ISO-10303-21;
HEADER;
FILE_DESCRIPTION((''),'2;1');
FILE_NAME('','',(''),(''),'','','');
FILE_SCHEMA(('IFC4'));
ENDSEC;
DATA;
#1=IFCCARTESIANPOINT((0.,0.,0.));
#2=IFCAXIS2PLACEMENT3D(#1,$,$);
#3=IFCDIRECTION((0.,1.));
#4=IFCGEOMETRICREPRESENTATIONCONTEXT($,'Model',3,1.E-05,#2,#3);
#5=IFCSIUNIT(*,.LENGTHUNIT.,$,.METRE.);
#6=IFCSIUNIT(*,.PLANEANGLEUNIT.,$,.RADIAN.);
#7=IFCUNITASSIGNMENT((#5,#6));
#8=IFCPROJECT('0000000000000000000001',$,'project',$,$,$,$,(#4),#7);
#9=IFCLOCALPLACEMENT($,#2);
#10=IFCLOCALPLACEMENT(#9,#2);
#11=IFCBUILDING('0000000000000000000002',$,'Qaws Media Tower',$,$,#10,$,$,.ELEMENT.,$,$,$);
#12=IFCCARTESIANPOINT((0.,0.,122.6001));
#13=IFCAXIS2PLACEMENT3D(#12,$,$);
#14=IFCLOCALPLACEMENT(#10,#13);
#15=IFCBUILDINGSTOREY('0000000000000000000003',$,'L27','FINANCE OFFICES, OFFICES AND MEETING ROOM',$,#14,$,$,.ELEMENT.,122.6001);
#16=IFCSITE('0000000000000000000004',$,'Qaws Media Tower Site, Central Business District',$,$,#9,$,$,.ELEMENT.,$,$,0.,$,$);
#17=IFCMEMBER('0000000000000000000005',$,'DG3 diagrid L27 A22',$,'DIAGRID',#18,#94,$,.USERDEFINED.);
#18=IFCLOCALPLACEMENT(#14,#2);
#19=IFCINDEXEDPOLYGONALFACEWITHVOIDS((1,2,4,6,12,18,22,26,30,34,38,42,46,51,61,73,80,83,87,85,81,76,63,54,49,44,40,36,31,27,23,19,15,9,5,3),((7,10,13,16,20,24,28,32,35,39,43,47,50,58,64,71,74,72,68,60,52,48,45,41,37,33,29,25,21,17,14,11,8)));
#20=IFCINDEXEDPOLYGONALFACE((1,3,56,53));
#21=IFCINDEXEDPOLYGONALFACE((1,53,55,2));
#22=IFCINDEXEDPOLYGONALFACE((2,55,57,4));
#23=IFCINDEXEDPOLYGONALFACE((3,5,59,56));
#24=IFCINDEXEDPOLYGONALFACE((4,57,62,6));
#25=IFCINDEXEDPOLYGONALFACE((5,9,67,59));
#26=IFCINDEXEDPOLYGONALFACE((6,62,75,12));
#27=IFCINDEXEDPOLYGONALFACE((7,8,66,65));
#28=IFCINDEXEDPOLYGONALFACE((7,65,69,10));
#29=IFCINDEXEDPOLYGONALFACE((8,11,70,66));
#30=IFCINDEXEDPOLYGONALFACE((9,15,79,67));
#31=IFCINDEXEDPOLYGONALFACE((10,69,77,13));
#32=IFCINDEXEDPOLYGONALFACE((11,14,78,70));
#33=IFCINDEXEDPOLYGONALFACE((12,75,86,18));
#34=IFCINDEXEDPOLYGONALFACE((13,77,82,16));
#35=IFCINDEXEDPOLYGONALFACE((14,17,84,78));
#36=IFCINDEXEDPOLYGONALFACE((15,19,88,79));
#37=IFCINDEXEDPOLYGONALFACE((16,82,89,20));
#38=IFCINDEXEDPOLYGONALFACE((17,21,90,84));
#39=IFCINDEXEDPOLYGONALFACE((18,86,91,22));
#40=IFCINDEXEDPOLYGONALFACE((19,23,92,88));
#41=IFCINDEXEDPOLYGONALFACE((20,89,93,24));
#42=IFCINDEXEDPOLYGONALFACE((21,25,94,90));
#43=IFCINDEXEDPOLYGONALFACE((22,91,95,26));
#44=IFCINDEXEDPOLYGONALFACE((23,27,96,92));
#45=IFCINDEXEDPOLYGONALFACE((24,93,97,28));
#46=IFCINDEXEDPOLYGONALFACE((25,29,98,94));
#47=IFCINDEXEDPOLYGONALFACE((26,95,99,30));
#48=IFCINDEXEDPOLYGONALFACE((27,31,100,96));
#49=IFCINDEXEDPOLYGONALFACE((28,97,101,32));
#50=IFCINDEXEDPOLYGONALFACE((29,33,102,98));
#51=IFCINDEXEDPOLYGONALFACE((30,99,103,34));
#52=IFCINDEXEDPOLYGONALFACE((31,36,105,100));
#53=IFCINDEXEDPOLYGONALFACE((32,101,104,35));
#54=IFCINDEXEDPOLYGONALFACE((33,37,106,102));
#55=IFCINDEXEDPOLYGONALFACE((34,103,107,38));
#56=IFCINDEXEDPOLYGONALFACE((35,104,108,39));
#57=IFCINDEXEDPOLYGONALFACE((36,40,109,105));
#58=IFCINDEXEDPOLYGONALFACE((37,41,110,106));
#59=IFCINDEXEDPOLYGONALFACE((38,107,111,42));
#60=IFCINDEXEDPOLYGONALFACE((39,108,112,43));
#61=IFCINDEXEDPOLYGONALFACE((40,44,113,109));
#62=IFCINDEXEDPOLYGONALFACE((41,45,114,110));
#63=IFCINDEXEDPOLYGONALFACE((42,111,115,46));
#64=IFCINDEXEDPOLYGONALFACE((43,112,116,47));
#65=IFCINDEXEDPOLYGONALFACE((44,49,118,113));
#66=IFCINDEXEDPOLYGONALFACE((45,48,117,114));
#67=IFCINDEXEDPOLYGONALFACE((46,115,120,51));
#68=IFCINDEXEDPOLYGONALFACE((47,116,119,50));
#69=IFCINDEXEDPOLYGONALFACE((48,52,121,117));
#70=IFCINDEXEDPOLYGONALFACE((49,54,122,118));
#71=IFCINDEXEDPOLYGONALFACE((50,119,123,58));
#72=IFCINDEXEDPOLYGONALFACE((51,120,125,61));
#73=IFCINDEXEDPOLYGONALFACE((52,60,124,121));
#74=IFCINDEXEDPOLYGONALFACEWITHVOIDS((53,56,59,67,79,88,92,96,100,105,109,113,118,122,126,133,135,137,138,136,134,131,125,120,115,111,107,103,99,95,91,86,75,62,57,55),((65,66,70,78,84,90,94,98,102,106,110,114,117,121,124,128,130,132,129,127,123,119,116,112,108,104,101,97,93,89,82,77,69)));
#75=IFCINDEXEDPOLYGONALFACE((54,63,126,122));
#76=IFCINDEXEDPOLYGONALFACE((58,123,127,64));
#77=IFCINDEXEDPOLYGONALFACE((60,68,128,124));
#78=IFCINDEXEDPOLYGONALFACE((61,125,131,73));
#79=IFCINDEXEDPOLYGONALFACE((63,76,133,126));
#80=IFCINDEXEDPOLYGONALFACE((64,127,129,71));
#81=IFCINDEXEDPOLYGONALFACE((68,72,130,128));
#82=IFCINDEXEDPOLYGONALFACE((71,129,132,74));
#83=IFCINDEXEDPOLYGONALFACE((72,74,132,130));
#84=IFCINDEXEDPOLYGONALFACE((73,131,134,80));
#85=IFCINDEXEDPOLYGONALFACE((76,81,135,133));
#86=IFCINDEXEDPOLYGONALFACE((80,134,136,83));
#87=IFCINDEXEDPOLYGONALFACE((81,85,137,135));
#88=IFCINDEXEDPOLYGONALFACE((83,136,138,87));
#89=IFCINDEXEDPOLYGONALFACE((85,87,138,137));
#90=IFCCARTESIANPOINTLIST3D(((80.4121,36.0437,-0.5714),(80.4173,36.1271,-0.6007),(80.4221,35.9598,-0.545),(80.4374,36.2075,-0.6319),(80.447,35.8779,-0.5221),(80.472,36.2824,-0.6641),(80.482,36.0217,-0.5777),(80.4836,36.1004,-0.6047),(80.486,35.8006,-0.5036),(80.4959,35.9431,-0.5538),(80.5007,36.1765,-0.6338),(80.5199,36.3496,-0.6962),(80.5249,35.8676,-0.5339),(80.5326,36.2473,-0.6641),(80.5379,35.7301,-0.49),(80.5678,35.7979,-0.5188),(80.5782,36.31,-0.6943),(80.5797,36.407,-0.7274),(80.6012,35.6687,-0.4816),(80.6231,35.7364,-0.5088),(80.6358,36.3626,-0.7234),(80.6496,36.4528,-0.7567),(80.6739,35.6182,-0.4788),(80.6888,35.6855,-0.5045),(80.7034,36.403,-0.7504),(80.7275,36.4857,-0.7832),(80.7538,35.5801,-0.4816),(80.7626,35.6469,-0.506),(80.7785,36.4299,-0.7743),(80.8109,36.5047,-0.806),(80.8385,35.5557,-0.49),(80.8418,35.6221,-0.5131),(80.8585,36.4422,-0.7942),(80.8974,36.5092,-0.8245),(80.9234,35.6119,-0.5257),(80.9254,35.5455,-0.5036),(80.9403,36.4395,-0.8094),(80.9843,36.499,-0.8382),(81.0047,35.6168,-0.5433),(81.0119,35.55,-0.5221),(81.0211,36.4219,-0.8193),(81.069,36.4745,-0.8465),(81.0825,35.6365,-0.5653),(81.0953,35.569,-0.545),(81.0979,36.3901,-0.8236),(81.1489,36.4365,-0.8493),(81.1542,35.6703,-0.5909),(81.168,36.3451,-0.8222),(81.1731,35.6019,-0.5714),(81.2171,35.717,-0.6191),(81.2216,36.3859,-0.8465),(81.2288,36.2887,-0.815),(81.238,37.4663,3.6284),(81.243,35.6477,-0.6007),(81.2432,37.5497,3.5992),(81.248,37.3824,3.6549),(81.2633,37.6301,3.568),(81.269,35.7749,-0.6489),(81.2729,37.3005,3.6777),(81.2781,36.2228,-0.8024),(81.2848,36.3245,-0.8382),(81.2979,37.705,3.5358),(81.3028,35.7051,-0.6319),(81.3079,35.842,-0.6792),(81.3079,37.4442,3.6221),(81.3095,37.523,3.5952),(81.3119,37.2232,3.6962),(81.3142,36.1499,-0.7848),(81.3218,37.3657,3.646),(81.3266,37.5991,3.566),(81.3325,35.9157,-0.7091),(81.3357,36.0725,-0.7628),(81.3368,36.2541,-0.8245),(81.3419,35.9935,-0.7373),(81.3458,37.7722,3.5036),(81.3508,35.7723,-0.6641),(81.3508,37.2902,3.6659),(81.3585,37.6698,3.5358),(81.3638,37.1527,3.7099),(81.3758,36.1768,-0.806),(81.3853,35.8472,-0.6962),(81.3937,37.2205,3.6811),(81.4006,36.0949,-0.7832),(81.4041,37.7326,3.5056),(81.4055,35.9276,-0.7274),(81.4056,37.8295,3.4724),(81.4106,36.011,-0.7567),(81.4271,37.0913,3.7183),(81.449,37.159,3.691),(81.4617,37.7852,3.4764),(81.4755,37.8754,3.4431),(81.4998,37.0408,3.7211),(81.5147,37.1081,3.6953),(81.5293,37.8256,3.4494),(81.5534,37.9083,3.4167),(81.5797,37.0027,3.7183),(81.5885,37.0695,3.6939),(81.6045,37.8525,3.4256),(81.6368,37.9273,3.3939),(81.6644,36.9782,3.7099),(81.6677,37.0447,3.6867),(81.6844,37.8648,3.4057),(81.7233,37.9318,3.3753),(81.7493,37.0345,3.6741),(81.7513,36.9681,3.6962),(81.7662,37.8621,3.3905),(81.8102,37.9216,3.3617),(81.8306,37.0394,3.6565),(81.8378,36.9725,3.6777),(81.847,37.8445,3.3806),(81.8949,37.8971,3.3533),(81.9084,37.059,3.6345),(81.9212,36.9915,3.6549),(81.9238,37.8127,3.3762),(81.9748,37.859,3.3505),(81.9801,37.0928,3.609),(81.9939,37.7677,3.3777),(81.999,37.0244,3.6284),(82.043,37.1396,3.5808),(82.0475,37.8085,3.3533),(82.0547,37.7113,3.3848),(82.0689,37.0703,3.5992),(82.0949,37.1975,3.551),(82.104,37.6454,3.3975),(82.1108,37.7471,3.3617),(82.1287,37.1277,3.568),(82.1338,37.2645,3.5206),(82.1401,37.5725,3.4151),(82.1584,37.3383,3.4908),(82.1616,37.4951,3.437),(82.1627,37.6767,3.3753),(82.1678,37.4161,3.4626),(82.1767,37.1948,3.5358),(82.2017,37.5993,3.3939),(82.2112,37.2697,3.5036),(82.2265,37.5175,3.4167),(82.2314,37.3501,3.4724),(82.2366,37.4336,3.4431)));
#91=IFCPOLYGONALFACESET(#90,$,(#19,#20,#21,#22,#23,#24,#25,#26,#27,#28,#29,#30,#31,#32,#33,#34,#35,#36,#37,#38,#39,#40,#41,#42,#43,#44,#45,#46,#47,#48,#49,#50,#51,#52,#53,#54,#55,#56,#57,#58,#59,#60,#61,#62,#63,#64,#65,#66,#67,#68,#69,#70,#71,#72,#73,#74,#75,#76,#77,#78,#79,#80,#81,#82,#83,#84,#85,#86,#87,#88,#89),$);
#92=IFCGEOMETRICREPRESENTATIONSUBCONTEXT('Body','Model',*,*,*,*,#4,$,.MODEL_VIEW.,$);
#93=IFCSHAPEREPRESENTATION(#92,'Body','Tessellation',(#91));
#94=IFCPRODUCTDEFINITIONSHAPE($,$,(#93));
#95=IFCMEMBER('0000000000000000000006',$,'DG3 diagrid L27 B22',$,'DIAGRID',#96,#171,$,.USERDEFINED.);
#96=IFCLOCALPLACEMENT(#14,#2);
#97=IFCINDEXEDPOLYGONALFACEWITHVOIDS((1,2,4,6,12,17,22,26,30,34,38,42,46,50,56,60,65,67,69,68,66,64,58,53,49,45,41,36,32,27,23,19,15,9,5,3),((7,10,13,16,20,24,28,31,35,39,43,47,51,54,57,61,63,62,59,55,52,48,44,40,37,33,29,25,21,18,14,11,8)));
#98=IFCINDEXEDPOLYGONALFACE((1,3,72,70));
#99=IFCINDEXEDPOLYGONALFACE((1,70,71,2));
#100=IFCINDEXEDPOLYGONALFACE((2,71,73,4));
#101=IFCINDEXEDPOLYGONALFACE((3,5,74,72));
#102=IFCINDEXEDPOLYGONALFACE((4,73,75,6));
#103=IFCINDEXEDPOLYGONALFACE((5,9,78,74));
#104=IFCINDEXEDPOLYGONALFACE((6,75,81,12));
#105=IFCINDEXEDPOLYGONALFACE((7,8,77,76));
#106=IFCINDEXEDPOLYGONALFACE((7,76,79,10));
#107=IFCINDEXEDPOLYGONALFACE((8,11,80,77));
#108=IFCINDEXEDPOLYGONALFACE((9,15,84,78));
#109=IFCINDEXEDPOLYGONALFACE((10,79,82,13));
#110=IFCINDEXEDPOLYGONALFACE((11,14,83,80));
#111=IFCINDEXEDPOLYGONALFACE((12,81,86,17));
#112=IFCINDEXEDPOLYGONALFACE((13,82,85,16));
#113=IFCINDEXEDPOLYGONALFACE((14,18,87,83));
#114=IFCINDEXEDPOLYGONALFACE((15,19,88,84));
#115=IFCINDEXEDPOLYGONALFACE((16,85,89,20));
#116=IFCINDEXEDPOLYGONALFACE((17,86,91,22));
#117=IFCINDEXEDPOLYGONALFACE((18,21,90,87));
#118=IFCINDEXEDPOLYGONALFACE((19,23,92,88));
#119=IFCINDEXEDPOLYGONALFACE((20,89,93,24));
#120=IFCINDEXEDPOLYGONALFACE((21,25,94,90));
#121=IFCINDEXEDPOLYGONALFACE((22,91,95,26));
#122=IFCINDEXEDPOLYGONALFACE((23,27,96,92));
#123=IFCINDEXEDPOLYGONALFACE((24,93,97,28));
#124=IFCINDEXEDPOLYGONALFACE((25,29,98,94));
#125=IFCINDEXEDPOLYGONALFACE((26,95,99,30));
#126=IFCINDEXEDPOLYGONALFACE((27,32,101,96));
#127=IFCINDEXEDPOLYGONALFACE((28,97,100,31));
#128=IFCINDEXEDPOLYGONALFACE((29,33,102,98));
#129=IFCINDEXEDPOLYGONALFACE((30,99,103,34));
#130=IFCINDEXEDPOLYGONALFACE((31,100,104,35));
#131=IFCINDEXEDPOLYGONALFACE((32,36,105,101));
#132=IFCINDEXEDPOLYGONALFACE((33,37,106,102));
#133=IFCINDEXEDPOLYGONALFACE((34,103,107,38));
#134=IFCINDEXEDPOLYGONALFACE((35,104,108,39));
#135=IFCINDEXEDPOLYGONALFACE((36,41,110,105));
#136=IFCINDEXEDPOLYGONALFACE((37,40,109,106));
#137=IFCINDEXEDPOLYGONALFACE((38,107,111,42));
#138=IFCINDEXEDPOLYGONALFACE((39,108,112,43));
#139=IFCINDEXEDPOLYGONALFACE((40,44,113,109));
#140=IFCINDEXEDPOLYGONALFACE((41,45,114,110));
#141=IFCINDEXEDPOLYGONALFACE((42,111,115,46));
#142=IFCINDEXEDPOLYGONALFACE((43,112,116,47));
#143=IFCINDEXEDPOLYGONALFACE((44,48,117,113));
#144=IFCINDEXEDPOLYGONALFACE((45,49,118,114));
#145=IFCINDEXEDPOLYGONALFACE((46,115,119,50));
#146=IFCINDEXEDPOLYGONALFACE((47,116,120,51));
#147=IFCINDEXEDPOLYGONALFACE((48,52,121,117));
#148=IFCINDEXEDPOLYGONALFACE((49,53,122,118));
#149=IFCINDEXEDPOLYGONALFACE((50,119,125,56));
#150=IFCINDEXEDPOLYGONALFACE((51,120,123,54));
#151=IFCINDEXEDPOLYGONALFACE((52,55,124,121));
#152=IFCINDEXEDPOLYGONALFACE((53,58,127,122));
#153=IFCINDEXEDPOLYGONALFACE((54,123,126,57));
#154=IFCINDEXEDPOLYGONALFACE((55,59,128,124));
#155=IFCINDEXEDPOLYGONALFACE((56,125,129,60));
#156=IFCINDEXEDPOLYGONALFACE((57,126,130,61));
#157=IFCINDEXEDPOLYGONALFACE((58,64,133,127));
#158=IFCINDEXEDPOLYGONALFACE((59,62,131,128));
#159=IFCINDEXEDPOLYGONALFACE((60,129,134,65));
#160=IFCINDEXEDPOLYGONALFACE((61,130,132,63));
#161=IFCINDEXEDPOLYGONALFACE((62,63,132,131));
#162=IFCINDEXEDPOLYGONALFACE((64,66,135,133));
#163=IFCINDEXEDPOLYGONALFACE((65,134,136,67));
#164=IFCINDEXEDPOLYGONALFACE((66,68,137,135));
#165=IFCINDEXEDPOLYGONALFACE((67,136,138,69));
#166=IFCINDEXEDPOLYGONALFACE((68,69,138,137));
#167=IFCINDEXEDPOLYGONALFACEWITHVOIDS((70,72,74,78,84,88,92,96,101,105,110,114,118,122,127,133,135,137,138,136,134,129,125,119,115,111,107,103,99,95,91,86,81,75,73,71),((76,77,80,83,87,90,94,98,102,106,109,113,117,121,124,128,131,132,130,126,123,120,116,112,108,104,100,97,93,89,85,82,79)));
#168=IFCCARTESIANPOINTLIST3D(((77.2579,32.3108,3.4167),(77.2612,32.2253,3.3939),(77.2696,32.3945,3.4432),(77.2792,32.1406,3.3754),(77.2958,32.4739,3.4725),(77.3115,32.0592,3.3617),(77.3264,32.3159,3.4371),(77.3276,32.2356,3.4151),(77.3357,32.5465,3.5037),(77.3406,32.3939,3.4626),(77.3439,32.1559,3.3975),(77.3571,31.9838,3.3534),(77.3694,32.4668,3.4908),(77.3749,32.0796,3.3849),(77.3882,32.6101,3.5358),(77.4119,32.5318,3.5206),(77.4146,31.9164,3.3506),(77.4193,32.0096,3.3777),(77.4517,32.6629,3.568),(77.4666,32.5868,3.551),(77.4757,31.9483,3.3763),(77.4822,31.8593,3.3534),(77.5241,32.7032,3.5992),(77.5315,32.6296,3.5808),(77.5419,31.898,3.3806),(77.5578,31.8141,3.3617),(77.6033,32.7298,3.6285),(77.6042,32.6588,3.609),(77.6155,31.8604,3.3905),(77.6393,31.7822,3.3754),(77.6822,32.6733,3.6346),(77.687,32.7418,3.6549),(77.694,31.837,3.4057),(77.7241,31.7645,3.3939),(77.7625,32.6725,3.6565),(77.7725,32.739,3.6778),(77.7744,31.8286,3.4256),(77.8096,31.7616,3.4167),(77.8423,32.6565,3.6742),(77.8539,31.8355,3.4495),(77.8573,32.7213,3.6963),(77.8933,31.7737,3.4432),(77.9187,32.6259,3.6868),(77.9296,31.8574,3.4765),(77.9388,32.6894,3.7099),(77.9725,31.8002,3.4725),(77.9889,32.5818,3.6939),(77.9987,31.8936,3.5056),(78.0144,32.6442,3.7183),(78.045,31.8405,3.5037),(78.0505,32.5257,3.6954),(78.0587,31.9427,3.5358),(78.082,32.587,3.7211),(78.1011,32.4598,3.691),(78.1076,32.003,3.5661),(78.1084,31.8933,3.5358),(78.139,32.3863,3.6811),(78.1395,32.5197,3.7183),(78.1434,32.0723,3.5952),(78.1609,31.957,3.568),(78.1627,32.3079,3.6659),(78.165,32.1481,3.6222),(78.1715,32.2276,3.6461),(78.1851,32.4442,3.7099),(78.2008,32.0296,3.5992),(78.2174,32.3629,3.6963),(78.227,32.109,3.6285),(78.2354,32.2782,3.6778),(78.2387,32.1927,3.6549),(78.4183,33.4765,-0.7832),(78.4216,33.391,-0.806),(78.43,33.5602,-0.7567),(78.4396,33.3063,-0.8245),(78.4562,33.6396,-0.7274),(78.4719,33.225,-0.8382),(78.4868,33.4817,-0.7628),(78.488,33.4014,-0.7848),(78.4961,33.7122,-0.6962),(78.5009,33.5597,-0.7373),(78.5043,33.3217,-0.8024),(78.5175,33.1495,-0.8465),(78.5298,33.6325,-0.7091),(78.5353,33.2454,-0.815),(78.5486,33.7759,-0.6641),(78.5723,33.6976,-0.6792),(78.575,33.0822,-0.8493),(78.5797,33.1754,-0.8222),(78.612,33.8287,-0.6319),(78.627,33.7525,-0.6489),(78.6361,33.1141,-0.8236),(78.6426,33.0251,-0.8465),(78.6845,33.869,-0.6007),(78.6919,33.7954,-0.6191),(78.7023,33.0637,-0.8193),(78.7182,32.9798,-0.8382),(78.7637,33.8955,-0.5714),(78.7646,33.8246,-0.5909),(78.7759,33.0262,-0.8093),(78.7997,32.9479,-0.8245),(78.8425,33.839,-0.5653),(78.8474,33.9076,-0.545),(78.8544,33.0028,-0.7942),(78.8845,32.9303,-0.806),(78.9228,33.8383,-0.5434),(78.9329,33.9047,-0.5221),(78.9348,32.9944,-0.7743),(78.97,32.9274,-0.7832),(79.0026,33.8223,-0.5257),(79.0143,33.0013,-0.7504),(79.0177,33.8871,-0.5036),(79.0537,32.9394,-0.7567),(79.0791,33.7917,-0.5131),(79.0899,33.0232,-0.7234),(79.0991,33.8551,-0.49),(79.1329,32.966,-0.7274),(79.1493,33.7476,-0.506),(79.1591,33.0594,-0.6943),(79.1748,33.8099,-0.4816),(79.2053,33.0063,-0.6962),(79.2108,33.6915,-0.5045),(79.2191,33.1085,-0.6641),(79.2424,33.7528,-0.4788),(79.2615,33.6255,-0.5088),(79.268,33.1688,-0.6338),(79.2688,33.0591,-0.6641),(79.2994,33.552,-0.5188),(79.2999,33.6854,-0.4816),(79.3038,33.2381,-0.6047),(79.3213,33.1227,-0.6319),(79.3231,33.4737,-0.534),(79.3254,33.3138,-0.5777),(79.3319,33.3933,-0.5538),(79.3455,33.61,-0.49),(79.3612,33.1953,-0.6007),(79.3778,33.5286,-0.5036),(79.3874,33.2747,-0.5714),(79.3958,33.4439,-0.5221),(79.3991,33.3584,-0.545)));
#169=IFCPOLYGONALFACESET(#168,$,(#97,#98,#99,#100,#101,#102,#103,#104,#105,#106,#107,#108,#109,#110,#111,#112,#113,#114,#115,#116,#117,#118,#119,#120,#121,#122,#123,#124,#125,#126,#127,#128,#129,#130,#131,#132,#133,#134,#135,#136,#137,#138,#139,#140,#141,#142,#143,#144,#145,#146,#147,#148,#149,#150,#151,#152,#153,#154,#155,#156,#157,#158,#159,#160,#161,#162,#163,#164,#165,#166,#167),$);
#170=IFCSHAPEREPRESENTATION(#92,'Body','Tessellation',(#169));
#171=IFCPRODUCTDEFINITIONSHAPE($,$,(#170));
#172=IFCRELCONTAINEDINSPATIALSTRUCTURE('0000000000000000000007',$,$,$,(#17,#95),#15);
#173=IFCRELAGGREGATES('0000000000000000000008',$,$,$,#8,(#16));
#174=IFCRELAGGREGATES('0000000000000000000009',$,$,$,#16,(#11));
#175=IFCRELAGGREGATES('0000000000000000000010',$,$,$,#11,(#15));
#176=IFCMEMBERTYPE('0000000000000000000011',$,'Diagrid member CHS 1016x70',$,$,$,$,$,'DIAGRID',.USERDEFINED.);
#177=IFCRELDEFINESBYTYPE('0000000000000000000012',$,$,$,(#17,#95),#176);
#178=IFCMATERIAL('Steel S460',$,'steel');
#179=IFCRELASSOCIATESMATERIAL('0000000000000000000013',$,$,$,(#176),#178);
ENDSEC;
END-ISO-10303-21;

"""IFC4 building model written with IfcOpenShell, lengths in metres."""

from ifc_helpers import new_model, si_unit, direction, frame, origin, origin_2d, place, context, subcontext, project, spatial, hollow_circle, extrude, material, material_profile, profile_set, type_object, element, save


model = new_model("IFC4")

# Units and contexts
model_context = context("Model", 3, precision=1e-05, world=origin(), true_north=direction((0.0, 1.0)))
body_context = subcontext(model_context, "Body", "Model", "MODEL_VIEW")
ifc_project = project(units=[si_unit("LENGTHUNIT", "METRE"), si_unit("PLANEANGLEUNIT", "RADIAN")], contexts=[model_context])

# Site, building, storey
site_placement = place(None, origin())
site = spatial("IfcSite", under=ifc_project, at=site_placement, Name="Qaws Media Tower Site, Central Business District", CompositionType="ELEMENT", RefElevation=0.0)
building_placement = place(site_placement, origin())
building = spatial("IfcBuilding", under=site, at=building_placement, Name="Qaws Media Tower", CompositionType="ELEMENT")
storey_placement = place(building_placement, frame((0.0, 0.0, 122.6001)))
storey = spatial("IfcBuildingStorey", under=building, at=storey_placement, Name="L27", Description="FINANCE OFFICES, OFFICES AND MEETING ROOM", CompositionType="ELEMENT", Elevation=122.6001)

# Members
ifc_material_1 = material(Name="Steel S460", Category="steel")
ifc_material_profile_1 = material_profile(ifc_material_1, hollow_circle(Radius=0.5081, WallThickness=0.0701, at=origin_2d()), Name="CHS 1016x70")
ifc_profile_set_1 = profile_set([ifc_material_profile_1], Name="Steel S460")
member_type_1 = type_object("IfcMemberType", Name="Diagrid member CHS 1016x70", ElementType="DIAGRID", PredefinedType="USERDEFINED", material=ifc_profile_set_1)
for number, where, z_axis, x_axis, name in (
    (1, (80.9114, 36.0273, -0.6641), (0.183108, 0.315392, 0.931128), (-0.864816, 0.502089, 0.0), "DG3 diagrid L27 A22"),
    (2, (78.9087, 33.4175, -0.6641), (-0.257263, -0.258454, 0.931138), (0.708738, -0.705472, 0.0), "DG3 diagrid L27 B22"),
):
    element("IfcMember", number, at=place(storey_placement, frame(where, z_axis=z_axis, x_axis=x_axis)), inside=storey, type_object=member_type_1, Name=name, ObjectType="DIAGRID", PredefinedType="USERDEFINED", context=body_context, shape_type="SweptSolid", body=[
        extrude(hollow_circle(Radius=0.5081, WallThickness=0.0701, at=origin_2d()), origin(), (0.0, 0.0, 1.0), 4.5105),
    ])

save(model, "model.ifc")
